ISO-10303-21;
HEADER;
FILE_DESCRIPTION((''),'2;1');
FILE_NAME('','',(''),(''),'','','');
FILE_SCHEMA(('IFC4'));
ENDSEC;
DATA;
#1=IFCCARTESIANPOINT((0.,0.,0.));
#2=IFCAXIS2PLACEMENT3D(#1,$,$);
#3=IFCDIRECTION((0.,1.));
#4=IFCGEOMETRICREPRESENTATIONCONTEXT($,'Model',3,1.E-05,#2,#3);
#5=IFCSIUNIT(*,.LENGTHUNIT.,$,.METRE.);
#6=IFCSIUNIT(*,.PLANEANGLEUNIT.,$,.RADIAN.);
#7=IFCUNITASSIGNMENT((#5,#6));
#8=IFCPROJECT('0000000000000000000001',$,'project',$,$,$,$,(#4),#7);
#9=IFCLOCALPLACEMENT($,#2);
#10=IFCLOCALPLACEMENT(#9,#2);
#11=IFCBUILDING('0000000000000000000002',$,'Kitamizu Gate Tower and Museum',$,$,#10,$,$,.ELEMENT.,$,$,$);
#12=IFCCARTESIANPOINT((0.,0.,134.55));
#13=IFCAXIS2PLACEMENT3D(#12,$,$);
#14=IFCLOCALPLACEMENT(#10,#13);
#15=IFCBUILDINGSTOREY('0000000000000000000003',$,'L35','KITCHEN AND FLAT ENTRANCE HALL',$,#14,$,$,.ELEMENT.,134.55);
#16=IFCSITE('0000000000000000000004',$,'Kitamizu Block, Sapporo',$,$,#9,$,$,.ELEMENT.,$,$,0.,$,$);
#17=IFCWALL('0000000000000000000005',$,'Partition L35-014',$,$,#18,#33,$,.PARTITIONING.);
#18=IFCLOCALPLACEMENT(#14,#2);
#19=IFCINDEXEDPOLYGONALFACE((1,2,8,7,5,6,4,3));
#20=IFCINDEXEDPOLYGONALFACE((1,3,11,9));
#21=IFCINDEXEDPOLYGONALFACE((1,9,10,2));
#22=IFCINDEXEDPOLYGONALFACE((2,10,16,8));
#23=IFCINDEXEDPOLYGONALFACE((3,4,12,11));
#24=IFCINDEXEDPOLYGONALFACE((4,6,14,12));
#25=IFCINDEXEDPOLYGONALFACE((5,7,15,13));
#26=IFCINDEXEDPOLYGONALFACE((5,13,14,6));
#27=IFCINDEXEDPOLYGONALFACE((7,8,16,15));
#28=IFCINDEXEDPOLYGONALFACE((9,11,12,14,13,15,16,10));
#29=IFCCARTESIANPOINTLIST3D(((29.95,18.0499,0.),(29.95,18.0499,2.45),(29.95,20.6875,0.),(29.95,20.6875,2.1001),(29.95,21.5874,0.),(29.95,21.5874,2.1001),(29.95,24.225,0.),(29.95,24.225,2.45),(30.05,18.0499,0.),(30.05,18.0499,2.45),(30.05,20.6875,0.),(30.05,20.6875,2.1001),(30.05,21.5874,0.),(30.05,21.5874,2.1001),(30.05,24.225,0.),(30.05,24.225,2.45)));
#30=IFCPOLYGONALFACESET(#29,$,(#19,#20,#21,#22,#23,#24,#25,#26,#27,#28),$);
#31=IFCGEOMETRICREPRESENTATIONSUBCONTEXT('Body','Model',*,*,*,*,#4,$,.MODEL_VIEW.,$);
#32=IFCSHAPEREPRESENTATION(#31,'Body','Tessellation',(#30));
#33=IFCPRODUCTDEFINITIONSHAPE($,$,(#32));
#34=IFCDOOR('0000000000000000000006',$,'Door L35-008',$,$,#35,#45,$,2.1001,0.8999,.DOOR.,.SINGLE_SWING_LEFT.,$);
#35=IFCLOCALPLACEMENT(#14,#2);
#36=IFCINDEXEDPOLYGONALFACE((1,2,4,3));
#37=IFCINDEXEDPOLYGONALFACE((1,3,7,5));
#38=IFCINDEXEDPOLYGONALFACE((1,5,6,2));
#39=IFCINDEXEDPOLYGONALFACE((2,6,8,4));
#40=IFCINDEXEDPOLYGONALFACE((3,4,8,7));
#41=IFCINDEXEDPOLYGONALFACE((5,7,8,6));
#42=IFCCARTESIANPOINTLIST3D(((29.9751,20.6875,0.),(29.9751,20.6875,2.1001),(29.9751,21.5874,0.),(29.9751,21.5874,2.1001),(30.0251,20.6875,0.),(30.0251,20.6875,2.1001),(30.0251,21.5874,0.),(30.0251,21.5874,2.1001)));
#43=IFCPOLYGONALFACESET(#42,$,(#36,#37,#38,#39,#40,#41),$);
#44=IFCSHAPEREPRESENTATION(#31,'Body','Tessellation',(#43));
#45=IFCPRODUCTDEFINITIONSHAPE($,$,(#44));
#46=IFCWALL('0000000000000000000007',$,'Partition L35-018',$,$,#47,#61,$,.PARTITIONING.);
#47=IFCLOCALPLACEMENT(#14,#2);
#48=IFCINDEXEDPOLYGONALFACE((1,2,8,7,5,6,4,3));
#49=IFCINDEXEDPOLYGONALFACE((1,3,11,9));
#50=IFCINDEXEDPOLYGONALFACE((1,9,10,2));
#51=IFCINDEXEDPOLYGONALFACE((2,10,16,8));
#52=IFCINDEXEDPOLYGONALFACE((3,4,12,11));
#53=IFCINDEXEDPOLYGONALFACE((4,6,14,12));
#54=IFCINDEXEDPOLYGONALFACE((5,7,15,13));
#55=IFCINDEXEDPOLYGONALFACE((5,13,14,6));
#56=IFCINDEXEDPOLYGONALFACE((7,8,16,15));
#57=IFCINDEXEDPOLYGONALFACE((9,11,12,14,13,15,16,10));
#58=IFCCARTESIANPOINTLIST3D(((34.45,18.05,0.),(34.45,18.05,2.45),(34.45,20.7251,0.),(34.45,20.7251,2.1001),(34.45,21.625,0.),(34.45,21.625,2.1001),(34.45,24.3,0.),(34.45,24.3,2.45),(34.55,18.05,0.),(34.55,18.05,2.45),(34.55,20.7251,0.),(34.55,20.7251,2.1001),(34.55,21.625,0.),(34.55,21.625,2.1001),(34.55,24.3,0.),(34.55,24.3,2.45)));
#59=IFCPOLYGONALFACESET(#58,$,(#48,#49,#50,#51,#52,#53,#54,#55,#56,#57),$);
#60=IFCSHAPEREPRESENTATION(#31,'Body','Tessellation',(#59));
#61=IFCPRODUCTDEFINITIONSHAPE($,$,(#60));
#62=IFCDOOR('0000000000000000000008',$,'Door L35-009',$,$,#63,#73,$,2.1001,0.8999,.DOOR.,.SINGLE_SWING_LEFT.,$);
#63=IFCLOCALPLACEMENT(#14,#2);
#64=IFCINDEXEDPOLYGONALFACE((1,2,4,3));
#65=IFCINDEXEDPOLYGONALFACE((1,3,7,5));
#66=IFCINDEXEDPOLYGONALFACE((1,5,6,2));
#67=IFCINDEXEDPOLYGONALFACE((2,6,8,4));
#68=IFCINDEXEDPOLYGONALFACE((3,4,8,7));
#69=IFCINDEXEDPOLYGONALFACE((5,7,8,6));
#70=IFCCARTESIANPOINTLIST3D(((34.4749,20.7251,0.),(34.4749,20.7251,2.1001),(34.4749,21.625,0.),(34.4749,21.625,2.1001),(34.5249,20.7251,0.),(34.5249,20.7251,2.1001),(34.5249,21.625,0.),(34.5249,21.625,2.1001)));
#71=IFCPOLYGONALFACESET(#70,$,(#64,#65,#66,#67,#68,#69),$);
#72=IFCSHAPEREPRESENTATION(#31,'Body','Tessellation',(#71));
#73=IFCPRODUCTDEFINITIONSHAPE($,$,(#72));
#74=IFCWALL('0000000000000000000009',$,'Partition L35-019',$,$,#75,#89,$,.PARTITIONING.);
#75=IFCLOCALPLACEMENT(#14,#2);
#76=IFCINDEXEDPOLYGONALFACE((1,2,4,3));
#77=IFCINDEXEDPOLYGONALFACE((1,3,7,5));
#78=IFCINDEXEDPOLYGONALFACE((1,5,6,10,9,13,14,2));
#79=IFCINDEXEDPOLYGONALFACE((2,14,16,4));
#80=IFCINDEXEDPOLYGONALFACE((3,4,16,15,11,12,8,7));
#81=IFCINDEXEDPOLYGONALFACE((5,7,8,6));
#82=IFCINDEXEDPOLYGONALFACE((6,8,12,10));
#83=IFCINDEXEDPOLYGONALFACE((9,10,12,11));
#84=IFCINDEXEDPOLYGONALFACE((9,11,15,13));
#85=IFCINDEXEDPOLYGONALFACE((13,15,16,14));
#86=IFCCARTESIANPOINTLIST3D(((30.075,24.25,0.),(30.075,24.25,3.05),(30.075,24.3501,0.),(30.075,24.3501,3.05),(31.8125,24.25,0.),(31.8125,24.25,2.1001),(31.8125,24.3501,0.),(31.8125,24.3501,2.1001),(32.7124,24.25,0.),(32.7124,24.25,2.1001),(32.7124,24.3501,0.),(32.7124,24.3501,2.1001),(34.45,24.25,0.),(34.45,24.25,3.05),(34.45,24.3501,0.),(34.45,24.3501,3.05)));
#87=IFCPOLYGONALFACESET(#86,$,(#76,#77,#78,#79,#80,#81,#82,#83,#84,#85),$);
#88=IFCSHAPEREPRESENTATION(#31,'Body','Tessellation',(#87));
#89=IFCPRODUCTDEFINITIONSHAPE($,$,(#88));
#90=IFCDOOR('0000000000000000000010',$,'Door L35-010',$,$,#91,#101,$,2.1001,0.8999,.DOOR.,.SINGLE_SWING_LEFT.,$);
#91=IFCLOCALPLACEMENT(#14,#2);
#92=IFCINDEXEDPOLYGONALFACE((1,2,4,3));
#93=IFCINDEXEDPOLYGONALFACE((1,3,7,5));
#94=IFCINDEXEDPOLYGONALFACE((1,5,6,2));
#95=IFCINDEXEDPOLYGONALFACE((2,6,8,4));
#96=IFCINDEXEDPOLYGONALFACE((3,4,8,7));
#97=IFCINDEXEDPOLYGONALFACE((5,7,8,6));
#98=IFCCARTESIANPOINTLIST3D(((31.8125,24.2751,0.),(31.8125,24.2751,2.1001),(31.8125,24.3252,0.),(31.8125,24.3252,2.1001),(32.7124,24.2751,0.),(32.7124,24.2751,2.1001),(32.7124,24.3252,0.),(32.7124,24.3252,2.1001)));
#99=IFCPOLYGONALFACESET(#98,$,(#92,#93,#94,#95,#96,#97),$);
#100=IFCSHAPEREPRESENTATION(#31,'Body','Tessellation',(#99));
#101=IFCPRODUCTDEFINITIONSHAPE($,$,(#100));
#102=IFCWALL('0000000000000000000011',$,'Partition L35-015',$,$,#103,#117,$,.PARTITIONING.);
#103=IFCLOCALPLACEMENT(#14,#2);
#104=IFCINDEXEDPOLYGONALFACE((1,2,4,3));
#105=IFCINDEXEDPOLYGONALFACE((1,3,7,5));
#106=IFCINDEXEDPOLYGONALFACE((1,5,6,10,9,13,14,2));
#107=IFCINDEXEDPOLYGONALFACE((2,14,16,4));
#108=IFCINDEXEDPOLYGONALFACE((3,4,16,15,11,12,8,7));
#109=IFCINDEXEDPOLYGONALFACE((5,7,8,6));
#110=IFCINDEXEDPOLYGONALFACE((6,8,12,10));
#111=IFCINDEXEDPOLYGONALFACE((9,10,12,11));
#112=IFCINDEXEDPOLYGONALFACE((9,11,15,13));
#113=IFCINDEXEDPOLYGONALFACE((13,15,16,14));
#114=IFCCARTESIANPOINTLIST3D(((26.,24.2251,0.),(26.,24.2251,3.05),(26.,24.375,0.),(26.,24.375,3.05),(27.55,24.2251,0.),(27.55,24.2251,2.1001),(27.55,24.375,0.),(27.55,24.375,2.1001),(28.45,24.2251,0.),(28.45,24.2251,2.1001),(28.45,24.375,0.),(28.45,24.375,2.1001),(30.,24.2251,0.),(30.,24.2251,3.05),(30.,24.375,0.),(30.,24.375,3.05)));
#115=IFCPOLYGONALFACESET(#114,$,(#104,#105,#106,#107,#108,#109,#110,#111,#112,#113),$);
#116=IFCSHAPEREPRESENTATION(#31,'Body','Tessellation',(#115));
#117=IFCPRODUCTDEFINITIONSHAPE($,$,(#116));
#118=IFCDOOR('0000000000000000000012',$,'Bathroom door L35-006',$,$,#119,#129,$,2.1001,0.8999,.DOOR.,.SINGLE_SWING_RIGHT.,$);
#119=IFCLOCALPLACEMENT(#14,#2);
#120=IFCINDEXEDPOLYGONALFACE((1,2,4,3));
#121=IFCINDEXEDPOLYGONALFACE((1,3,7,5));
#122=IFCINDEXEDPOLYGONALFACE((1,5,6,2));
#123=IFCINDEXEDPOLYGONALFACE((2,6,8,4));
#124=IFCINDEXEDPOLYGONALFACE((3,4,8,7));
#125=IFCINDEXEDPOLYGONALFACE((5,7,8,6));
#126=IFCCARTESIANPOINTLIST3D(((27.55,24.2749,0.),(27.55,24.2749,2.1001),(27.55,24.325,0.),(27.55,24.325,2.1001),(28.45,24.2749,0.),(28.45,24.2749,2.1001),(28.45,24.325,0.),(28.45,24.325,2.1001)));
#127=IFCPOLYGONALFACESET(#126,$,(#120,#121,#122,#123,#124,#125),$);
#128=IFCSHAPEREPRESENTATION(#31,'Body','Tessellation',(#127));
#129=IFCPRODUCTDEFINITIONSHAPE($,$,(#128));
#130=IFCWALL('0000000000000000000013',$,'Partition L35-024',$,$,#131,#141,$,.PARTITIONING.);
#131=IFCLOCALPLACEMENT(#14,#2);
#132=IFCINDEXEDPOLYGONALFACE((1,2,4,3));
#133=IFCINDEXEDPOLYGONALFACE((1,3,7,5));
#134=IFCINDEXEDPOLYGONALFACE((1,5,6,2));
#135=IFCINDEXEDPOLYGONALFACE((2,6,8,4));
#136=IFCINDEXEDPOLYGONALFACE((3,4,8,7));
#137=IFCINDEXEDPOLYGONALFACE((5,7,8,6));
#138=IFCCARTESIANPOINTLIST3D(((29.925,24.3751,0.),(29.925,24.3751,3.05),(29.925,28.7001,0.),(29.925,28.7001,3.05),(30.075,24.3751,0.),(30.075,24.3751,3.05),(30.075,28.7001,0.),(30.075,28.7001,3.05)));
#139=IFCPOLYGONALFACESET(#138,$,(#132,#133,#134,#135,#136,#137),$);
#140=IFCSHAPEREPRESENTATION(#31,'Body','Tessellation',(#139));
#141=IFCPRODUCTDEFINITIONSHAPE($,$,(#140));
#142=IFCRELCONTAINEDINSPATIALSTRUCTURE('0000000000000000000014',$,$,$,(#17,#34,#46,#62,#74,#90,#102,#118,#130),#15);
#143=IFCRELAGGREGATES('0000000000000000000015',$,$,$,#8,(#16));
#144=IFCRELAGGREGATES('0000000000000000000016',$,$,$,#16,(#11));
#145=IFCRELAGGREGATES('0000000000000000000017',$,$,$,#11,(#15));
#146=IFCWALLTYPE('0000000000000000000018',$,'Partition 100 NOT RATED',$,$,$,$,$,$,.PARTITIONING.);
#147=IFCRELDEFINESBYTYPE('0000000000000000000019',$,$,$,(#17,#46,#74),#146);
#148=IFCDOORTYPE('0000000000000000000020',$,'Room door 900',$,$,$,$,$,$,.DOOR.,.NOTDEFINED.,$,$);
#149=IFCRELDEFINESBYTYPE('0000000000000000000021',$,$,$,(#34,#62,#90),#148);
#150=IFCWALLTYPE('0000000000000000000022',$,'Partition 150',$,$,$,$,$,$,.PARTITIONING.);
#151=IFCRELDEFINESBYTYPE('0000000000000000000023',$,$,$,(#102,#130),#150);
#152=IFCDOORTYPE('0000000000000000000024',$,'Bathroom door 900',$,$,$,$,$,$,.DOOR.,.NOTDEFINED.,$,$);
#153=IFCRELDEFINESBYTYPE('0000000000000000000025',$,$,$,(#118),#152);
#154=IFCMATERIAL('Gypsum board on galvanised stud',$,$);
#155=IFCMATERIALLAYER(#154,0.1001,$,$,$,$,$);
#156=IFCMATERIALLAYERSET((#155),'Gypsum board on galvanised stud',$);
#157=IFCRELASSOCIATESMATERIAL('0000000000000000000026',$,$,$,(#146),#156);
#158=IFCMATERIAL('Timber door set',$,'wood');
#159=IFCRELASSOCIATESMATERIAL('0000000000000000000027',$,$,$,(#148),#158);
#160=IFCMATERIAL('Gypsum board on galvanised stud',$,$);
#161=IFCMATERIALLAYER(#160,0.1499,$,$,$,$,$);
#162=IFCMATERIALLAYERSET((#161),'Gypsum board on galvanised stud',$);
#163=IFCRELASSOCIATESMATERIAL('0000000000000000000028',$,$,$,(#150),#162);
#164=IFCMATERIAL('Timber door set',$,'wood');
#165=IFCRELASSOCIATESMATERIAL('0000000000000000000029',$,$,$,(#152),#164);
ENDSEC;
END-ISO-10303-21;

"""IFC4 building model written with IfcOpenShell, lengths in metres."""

from ifc_helpers import new_model, si_unit, direction, frame, frame_2d, origin, place, context, subcontext, project, spatial, rectangle, extrude, material, layer, layer_set, type_object, element, fill, save


model = new_model("IFC4")

# Units and contexts
model_context = context("Model", 3, precision=1e-05, world=origin(), true_north=direction((0.0, 1.0)))
body_context = subcontext(model_context, "Body", "Model", "MODEL_VIEW")
ifc_project = project(units=[si_unit("LENGTHUNIT", "METRE"), si_unit("PLANEANGLEUNIT", "RADIAN")], contexts=[model_context])

# Site, building, storey
site_placement = place(None, origin())
site = spatial("IfcSite", under=ifc_project, at=site_placement, Name="Kitamizu Block, Sapporo", CompositionType="ELEMENT", RefElevation=0.0)
building_placement = place(site_placement, origin())
building = spatial("IfcBuilding", under=site, at=building_placement, Name="Kitamizu Gate Tower and Museum", CompositionType="ELEMENT")
storey_placement = place(building_placement, frame((0.0, 0.0, 134.55)))
storey = spatial("IfcBuildingStorey", under=building, at=storey_placement, Name="L35", Description="KITCHEN AND FLAT ENTRANCE HALL", CompositionType="ELEMENT", Elevation=134.55)

# Shared definitions
ifc_material_1 = material(Name="Gypsum board on galvanised stud")
ifc_layer_1 = layer(ifc_material_1, 0.1001)
ifc_layer_set_1 = layer_set([ifc_layer_1], Name="Gypsum board on galvanised stud")
wall_type_1 = type_object("IfcWallType", Name="Partition 100 NOT RATED", PredefinedType="PARTITIONING", material=ifc_layer_set_1)
ifc_material_2 = material(Name="Timber door set", Category="wood")
door_type_1 = type_object("IfcDoorType", Name="Room door 900", OperationType="NOTDEFINED", PredefinedType="DOOR", material=ifc_material_2)

# Walls, openings, doors
wall_1_placement = place(storey_placement, frame((30.0, 18.05, 0.0), z_axis=(0.0, 0.0, 1.0), x_axis=(0.0, 1.0, 0.0)))
wall_1 = element("IfcWall", 1, at=wall_1_placement, inside=storey, type_object=wall_type_1, Name="Partition L35-014", PredefinedType="PARTITIONING", context=body_context, shape_type="SweptSolid", body=[
    extrude(rectangle(XDim=6.175, YDim=0.1001, at=frame_2d((3.0874, 0.0))), origin(), (0.0, 0.0, 1.0), 2.45),
])
opening_1_placement = place(wall_1_placement, frame((2.6375, 0.0, 0.0)))
opening_1 = element("IfcOpeningElement", 2, at=opening_1_placement, cuts=wall_1, PredefinedType="OPENING", context=body_context, shape_type="SweptSolid", body=[
    extrude(rectangle(XDim=0.8999, YDim=2.1001, at=frame_2d((0.45, 1.05))), frame((0.0, 0.0601, 0.0), z_axis=(0.0, -1.0, 0.0), x_axis=(1.0, 0.0, 0.0)), (0.0, 0.0, 1.0), 0.1201),
])
door_1_placement = place(opening_1_placement, origin())
door_1 = element("IfcDoor", 3, at=door_1_placement, inside=storey, type_object=door_type_1, Name="Door L35-008", OperationType="SINGLE_SWING_LEFT", OverallHeight=2.1001, OverallWidth=0.8999, PredefinedType="DOOR", context=body_context, shape_type="SweptSolid", body=[
    extrude(rectangle(XDim=0.8999, YDim=2.1001, at=frame_2d((0.45, 1.05))), frame((0.0, 0.0249, 0.0), z_axis=(0.0, -1.0, 0.0), x_axis=(1.0, 0.0, 0.0)), (0.0, 0.0, 1.0), 0.05),
])
fill(opening_1, door_1)
wall_2_placement = place(storey_placement, frame((34.5, 18.05, 0.0), z_axis=(0.0, 0.0, 1.0), x_axis=(0.0, 1.0, 0.0)))
wall_2 = element("IfcWall", 4, at=wall_2_placement, inside=storey, type_object=wall_type_1, Name="Partition L35-018", PredefinedType="PARTITIONING", context=body_context, shape_type="SweptSolid", body=[
    extrude(rectangle(XDim=6.25, YDim=0.1001, at=frame_2d((3.125, 0.0))), origin(), (0.0, 0.0, 1.0), 2.45),
])
opening_2_placement = place(wall_2_placement, frame((2.675, 0.0, 0.0)))
opening_2 = element("IfcOpeningElement", 5, at=opening_2_placement, cuts=wall_2, PredefinedType="OPENING", context=body_context, shape_type="SweptSolid", body=[
    extrude(rectangle(XDim=0.8999, YDim=2.1001, at=frame_2d((0.45, 1.05))), frame((0.0, 0.0601, 0.0), z_axis=(0.0, -1.0, 0.0), x_axis=(1.0, 0.0, 0.0)), (0.0, 0.0, 1.0), 0.1201),
])
door_2_placement = place(opening_2_placement, frame((0.8999, 0.0, 0.0), x_axis=(-1.0, 0.0, 0.0)))
door_2 = element("IfcDoor", 6, at=door_2_placement, inside=storey, type_object=door_type_1, Name="Door L35-009", OperationType="SINGLE_SWING_LEFT", OverallHeight=2.1001, OverallWidth=0.8999, PredefinedType="DOOR", context=body_context, shape_type="SweptSolid", body=[
    extrude(rectangle(XDim=0.8999, YDim=2.1001, at=frame_2d((0.45, 1.05))), frame((0.0, 0.0249, 0.0), z_axis=(0.0, -1.0, 0.0), x_axis=(1.0, 0.0, 0.0)), (0.0, 0.0, 1.0), 0.05),
])
fill(opening_2, door_2)
wall_3_placement = place(storey_placement, frame((34.45, 24.3, 0.0), z_axis=(0.0, 0.0, 1.0), x_axis=(-1.0, 0.0, 0.0)))
wall_3 = element("IfcWall", 7, at=wall_3_placement, inside=storey, type_object=wall_type_1, Name="Partition L35-019", PredefinedType="PARTITIONING", context=body_context, shape_type="SweptSolid", body=[
    extrude(rectangle(XDim=4.375, YDim=0.1001, at=frame_2d((2.1875, 0.0))), origin(), (0.0, 0.0, 1.0), 3.05),
])
opening_3_placement = place(wall_3_placement, frame((1.7375, 0.0, 0.0)))
opening_3 = element("IfcOpeningElement", 8, at=opening_3_placement, cuts=wall_3, PredefinedType="OPENING", context=body_context, shape_type="SweptSolid", body=[
    extrude(rectangle(XDim=0.8999, YDim=2.1001, at=frame_2d((0.45, 1.05))), frame((0.0, 0.0601, 0.0), z_axis=(0.0, -1.0, 0.0), x_axis=(1.0, 0.0, 0.0)), (0.0, 0.0, 1.0), 0.1201),
])
door_3_placement = place(opening_3_placement, origin())
door_3 = element("IfcDoor", 9, at=door_3_placement, inside=storey, type_object=door_type_1, Name="Door L35-010", OperationType="SINGLE_SWING_LEFT", OverallHeight=2.1001, OverallWidth=0.8999, PredefinedType="DOOR", context=body_context, shape_type="SweptSolid", body=[
    extrude(rectangle(XDim=0.8999, YDim=2.1001, at=frame_2d((0.45, 1.05))), frame((0.0, 0.0249, 0.0), z_axis=(0.0, -1.0, 0.0), x_axis=(1.0, 0.0, 0.0)), (0.0, 0.0, 1.0), 0.05),
])
fill(opening_3, door_3)
ifc_material_3 = material(Name="Gypsum board on galvanised stud")
ifc_layer_2 = layer(ifc_material_3, 0.1499)
ifc_layer_set_2 = layer_set([ifc_layer_2], Name="Gypsum board on galvanised stud")
wall_type_2 = type_object("IfcWallType", Name="Partition 150", PredefinedType="PARTITIONING", material=ifc_layer_set_2)
wall_4_placement = place(storey_placement, frame((30.0, 24.3, 0.0), z_axis=(0.0, 0.0, 1.0), x_axis=(-1.0, 0.0, 0.0)))
wall_4 = element("IfcWall", 10, at=wall_4_placement, inside=storey, type_object=wall_type_2, Name="Partition L35-015", PredefinedType="PARTITIONING", context=body_context, shape_type="SweptSolid", body=[
    extrude(rectangle(XDim=4.0, YDim=0.1499, at=frame_2d((2.0, 0.0))), origin(), (0.0, 0.0, 1.0), 3.05),
])
opening_4_placement = place(wall_4_placement, frame((1.55, 0.0, 0.0)))
opening_4 = element("IfcOpeningElement", 11, at=opening_4_placement, cuts=wall_4, PredefinedType="OPENING", context=body_context, shape_type="SweptSolid", body=[
    extrude(rectangle(XDim=0.8999, YDim=2.1001, at=frame_2d((0.45, 1.05))), frame((0.0, 0.085, 0.0), z_axis=(0.0, -1.0, 0.0), x_axis=(1.0, 0.0, 0.0)), (0.0, 0.0, 1.0), 0.1699),
])
ifc_material_4 = material(Name="Timber door set", Category="wood")
door_type_2 = type_object("IfcDoorType", Name="Bathroom door 900", OperationType="NOTDEFINED", PredefinedType="DOOR", material=ifc_material_4)
door_4_placement = place(opening_4_placement, frame((0.8999, 0.0, 0.0), x_axis=(-1.0, 0.0, 0.0)))
door_4 = element("IfcDoor", 12, at=door_4_placement, inside=storey, type_object=door_type_2, Name="Bathroom door L35-006", OperationType="SINGLE_SWING_RIGHT", OverallHeight=2.1001, OverallWidth=0.8999, PredefinedType="DOOR", context=body_context, shape_type="SweptSolid", body=[
    extrude(rectangle(XDim=0.8999, YDim=2.1001, at=frame_2d((0.45, 1.05))), frame((0.0, 0.0249, 0.0), z_axis=(0.0, -1.0, 0.0), x_axis=(1.0, 0.0, 0.0)), (0.0, 0.0, 1.0), 0.05),
])
fill(opening_4, door_4)

# Wall
wall_5_placement = place(storey_placement, frame((30.0, 24.375, 0.0), z_axis=(0.0, 0.0, 1.0), x_axis=(0.0, 1.0, 0.0)))
element("IfcWall", 13, at=wall_5_placement, inside=storey, type_object=wall_type_2, Name="Partition L35-024", PredefinedType="PARTITIONING", context=body_context, shape_type="SweptSolid", body=[
    extrude(rectangle(XDim=4.325, YDim=0.1499, at=frame_2d((2.1626, 0.0))), origin(), (0.0, 0.0, 1.0), 3.05),
])

save(model, "model.ifc")
